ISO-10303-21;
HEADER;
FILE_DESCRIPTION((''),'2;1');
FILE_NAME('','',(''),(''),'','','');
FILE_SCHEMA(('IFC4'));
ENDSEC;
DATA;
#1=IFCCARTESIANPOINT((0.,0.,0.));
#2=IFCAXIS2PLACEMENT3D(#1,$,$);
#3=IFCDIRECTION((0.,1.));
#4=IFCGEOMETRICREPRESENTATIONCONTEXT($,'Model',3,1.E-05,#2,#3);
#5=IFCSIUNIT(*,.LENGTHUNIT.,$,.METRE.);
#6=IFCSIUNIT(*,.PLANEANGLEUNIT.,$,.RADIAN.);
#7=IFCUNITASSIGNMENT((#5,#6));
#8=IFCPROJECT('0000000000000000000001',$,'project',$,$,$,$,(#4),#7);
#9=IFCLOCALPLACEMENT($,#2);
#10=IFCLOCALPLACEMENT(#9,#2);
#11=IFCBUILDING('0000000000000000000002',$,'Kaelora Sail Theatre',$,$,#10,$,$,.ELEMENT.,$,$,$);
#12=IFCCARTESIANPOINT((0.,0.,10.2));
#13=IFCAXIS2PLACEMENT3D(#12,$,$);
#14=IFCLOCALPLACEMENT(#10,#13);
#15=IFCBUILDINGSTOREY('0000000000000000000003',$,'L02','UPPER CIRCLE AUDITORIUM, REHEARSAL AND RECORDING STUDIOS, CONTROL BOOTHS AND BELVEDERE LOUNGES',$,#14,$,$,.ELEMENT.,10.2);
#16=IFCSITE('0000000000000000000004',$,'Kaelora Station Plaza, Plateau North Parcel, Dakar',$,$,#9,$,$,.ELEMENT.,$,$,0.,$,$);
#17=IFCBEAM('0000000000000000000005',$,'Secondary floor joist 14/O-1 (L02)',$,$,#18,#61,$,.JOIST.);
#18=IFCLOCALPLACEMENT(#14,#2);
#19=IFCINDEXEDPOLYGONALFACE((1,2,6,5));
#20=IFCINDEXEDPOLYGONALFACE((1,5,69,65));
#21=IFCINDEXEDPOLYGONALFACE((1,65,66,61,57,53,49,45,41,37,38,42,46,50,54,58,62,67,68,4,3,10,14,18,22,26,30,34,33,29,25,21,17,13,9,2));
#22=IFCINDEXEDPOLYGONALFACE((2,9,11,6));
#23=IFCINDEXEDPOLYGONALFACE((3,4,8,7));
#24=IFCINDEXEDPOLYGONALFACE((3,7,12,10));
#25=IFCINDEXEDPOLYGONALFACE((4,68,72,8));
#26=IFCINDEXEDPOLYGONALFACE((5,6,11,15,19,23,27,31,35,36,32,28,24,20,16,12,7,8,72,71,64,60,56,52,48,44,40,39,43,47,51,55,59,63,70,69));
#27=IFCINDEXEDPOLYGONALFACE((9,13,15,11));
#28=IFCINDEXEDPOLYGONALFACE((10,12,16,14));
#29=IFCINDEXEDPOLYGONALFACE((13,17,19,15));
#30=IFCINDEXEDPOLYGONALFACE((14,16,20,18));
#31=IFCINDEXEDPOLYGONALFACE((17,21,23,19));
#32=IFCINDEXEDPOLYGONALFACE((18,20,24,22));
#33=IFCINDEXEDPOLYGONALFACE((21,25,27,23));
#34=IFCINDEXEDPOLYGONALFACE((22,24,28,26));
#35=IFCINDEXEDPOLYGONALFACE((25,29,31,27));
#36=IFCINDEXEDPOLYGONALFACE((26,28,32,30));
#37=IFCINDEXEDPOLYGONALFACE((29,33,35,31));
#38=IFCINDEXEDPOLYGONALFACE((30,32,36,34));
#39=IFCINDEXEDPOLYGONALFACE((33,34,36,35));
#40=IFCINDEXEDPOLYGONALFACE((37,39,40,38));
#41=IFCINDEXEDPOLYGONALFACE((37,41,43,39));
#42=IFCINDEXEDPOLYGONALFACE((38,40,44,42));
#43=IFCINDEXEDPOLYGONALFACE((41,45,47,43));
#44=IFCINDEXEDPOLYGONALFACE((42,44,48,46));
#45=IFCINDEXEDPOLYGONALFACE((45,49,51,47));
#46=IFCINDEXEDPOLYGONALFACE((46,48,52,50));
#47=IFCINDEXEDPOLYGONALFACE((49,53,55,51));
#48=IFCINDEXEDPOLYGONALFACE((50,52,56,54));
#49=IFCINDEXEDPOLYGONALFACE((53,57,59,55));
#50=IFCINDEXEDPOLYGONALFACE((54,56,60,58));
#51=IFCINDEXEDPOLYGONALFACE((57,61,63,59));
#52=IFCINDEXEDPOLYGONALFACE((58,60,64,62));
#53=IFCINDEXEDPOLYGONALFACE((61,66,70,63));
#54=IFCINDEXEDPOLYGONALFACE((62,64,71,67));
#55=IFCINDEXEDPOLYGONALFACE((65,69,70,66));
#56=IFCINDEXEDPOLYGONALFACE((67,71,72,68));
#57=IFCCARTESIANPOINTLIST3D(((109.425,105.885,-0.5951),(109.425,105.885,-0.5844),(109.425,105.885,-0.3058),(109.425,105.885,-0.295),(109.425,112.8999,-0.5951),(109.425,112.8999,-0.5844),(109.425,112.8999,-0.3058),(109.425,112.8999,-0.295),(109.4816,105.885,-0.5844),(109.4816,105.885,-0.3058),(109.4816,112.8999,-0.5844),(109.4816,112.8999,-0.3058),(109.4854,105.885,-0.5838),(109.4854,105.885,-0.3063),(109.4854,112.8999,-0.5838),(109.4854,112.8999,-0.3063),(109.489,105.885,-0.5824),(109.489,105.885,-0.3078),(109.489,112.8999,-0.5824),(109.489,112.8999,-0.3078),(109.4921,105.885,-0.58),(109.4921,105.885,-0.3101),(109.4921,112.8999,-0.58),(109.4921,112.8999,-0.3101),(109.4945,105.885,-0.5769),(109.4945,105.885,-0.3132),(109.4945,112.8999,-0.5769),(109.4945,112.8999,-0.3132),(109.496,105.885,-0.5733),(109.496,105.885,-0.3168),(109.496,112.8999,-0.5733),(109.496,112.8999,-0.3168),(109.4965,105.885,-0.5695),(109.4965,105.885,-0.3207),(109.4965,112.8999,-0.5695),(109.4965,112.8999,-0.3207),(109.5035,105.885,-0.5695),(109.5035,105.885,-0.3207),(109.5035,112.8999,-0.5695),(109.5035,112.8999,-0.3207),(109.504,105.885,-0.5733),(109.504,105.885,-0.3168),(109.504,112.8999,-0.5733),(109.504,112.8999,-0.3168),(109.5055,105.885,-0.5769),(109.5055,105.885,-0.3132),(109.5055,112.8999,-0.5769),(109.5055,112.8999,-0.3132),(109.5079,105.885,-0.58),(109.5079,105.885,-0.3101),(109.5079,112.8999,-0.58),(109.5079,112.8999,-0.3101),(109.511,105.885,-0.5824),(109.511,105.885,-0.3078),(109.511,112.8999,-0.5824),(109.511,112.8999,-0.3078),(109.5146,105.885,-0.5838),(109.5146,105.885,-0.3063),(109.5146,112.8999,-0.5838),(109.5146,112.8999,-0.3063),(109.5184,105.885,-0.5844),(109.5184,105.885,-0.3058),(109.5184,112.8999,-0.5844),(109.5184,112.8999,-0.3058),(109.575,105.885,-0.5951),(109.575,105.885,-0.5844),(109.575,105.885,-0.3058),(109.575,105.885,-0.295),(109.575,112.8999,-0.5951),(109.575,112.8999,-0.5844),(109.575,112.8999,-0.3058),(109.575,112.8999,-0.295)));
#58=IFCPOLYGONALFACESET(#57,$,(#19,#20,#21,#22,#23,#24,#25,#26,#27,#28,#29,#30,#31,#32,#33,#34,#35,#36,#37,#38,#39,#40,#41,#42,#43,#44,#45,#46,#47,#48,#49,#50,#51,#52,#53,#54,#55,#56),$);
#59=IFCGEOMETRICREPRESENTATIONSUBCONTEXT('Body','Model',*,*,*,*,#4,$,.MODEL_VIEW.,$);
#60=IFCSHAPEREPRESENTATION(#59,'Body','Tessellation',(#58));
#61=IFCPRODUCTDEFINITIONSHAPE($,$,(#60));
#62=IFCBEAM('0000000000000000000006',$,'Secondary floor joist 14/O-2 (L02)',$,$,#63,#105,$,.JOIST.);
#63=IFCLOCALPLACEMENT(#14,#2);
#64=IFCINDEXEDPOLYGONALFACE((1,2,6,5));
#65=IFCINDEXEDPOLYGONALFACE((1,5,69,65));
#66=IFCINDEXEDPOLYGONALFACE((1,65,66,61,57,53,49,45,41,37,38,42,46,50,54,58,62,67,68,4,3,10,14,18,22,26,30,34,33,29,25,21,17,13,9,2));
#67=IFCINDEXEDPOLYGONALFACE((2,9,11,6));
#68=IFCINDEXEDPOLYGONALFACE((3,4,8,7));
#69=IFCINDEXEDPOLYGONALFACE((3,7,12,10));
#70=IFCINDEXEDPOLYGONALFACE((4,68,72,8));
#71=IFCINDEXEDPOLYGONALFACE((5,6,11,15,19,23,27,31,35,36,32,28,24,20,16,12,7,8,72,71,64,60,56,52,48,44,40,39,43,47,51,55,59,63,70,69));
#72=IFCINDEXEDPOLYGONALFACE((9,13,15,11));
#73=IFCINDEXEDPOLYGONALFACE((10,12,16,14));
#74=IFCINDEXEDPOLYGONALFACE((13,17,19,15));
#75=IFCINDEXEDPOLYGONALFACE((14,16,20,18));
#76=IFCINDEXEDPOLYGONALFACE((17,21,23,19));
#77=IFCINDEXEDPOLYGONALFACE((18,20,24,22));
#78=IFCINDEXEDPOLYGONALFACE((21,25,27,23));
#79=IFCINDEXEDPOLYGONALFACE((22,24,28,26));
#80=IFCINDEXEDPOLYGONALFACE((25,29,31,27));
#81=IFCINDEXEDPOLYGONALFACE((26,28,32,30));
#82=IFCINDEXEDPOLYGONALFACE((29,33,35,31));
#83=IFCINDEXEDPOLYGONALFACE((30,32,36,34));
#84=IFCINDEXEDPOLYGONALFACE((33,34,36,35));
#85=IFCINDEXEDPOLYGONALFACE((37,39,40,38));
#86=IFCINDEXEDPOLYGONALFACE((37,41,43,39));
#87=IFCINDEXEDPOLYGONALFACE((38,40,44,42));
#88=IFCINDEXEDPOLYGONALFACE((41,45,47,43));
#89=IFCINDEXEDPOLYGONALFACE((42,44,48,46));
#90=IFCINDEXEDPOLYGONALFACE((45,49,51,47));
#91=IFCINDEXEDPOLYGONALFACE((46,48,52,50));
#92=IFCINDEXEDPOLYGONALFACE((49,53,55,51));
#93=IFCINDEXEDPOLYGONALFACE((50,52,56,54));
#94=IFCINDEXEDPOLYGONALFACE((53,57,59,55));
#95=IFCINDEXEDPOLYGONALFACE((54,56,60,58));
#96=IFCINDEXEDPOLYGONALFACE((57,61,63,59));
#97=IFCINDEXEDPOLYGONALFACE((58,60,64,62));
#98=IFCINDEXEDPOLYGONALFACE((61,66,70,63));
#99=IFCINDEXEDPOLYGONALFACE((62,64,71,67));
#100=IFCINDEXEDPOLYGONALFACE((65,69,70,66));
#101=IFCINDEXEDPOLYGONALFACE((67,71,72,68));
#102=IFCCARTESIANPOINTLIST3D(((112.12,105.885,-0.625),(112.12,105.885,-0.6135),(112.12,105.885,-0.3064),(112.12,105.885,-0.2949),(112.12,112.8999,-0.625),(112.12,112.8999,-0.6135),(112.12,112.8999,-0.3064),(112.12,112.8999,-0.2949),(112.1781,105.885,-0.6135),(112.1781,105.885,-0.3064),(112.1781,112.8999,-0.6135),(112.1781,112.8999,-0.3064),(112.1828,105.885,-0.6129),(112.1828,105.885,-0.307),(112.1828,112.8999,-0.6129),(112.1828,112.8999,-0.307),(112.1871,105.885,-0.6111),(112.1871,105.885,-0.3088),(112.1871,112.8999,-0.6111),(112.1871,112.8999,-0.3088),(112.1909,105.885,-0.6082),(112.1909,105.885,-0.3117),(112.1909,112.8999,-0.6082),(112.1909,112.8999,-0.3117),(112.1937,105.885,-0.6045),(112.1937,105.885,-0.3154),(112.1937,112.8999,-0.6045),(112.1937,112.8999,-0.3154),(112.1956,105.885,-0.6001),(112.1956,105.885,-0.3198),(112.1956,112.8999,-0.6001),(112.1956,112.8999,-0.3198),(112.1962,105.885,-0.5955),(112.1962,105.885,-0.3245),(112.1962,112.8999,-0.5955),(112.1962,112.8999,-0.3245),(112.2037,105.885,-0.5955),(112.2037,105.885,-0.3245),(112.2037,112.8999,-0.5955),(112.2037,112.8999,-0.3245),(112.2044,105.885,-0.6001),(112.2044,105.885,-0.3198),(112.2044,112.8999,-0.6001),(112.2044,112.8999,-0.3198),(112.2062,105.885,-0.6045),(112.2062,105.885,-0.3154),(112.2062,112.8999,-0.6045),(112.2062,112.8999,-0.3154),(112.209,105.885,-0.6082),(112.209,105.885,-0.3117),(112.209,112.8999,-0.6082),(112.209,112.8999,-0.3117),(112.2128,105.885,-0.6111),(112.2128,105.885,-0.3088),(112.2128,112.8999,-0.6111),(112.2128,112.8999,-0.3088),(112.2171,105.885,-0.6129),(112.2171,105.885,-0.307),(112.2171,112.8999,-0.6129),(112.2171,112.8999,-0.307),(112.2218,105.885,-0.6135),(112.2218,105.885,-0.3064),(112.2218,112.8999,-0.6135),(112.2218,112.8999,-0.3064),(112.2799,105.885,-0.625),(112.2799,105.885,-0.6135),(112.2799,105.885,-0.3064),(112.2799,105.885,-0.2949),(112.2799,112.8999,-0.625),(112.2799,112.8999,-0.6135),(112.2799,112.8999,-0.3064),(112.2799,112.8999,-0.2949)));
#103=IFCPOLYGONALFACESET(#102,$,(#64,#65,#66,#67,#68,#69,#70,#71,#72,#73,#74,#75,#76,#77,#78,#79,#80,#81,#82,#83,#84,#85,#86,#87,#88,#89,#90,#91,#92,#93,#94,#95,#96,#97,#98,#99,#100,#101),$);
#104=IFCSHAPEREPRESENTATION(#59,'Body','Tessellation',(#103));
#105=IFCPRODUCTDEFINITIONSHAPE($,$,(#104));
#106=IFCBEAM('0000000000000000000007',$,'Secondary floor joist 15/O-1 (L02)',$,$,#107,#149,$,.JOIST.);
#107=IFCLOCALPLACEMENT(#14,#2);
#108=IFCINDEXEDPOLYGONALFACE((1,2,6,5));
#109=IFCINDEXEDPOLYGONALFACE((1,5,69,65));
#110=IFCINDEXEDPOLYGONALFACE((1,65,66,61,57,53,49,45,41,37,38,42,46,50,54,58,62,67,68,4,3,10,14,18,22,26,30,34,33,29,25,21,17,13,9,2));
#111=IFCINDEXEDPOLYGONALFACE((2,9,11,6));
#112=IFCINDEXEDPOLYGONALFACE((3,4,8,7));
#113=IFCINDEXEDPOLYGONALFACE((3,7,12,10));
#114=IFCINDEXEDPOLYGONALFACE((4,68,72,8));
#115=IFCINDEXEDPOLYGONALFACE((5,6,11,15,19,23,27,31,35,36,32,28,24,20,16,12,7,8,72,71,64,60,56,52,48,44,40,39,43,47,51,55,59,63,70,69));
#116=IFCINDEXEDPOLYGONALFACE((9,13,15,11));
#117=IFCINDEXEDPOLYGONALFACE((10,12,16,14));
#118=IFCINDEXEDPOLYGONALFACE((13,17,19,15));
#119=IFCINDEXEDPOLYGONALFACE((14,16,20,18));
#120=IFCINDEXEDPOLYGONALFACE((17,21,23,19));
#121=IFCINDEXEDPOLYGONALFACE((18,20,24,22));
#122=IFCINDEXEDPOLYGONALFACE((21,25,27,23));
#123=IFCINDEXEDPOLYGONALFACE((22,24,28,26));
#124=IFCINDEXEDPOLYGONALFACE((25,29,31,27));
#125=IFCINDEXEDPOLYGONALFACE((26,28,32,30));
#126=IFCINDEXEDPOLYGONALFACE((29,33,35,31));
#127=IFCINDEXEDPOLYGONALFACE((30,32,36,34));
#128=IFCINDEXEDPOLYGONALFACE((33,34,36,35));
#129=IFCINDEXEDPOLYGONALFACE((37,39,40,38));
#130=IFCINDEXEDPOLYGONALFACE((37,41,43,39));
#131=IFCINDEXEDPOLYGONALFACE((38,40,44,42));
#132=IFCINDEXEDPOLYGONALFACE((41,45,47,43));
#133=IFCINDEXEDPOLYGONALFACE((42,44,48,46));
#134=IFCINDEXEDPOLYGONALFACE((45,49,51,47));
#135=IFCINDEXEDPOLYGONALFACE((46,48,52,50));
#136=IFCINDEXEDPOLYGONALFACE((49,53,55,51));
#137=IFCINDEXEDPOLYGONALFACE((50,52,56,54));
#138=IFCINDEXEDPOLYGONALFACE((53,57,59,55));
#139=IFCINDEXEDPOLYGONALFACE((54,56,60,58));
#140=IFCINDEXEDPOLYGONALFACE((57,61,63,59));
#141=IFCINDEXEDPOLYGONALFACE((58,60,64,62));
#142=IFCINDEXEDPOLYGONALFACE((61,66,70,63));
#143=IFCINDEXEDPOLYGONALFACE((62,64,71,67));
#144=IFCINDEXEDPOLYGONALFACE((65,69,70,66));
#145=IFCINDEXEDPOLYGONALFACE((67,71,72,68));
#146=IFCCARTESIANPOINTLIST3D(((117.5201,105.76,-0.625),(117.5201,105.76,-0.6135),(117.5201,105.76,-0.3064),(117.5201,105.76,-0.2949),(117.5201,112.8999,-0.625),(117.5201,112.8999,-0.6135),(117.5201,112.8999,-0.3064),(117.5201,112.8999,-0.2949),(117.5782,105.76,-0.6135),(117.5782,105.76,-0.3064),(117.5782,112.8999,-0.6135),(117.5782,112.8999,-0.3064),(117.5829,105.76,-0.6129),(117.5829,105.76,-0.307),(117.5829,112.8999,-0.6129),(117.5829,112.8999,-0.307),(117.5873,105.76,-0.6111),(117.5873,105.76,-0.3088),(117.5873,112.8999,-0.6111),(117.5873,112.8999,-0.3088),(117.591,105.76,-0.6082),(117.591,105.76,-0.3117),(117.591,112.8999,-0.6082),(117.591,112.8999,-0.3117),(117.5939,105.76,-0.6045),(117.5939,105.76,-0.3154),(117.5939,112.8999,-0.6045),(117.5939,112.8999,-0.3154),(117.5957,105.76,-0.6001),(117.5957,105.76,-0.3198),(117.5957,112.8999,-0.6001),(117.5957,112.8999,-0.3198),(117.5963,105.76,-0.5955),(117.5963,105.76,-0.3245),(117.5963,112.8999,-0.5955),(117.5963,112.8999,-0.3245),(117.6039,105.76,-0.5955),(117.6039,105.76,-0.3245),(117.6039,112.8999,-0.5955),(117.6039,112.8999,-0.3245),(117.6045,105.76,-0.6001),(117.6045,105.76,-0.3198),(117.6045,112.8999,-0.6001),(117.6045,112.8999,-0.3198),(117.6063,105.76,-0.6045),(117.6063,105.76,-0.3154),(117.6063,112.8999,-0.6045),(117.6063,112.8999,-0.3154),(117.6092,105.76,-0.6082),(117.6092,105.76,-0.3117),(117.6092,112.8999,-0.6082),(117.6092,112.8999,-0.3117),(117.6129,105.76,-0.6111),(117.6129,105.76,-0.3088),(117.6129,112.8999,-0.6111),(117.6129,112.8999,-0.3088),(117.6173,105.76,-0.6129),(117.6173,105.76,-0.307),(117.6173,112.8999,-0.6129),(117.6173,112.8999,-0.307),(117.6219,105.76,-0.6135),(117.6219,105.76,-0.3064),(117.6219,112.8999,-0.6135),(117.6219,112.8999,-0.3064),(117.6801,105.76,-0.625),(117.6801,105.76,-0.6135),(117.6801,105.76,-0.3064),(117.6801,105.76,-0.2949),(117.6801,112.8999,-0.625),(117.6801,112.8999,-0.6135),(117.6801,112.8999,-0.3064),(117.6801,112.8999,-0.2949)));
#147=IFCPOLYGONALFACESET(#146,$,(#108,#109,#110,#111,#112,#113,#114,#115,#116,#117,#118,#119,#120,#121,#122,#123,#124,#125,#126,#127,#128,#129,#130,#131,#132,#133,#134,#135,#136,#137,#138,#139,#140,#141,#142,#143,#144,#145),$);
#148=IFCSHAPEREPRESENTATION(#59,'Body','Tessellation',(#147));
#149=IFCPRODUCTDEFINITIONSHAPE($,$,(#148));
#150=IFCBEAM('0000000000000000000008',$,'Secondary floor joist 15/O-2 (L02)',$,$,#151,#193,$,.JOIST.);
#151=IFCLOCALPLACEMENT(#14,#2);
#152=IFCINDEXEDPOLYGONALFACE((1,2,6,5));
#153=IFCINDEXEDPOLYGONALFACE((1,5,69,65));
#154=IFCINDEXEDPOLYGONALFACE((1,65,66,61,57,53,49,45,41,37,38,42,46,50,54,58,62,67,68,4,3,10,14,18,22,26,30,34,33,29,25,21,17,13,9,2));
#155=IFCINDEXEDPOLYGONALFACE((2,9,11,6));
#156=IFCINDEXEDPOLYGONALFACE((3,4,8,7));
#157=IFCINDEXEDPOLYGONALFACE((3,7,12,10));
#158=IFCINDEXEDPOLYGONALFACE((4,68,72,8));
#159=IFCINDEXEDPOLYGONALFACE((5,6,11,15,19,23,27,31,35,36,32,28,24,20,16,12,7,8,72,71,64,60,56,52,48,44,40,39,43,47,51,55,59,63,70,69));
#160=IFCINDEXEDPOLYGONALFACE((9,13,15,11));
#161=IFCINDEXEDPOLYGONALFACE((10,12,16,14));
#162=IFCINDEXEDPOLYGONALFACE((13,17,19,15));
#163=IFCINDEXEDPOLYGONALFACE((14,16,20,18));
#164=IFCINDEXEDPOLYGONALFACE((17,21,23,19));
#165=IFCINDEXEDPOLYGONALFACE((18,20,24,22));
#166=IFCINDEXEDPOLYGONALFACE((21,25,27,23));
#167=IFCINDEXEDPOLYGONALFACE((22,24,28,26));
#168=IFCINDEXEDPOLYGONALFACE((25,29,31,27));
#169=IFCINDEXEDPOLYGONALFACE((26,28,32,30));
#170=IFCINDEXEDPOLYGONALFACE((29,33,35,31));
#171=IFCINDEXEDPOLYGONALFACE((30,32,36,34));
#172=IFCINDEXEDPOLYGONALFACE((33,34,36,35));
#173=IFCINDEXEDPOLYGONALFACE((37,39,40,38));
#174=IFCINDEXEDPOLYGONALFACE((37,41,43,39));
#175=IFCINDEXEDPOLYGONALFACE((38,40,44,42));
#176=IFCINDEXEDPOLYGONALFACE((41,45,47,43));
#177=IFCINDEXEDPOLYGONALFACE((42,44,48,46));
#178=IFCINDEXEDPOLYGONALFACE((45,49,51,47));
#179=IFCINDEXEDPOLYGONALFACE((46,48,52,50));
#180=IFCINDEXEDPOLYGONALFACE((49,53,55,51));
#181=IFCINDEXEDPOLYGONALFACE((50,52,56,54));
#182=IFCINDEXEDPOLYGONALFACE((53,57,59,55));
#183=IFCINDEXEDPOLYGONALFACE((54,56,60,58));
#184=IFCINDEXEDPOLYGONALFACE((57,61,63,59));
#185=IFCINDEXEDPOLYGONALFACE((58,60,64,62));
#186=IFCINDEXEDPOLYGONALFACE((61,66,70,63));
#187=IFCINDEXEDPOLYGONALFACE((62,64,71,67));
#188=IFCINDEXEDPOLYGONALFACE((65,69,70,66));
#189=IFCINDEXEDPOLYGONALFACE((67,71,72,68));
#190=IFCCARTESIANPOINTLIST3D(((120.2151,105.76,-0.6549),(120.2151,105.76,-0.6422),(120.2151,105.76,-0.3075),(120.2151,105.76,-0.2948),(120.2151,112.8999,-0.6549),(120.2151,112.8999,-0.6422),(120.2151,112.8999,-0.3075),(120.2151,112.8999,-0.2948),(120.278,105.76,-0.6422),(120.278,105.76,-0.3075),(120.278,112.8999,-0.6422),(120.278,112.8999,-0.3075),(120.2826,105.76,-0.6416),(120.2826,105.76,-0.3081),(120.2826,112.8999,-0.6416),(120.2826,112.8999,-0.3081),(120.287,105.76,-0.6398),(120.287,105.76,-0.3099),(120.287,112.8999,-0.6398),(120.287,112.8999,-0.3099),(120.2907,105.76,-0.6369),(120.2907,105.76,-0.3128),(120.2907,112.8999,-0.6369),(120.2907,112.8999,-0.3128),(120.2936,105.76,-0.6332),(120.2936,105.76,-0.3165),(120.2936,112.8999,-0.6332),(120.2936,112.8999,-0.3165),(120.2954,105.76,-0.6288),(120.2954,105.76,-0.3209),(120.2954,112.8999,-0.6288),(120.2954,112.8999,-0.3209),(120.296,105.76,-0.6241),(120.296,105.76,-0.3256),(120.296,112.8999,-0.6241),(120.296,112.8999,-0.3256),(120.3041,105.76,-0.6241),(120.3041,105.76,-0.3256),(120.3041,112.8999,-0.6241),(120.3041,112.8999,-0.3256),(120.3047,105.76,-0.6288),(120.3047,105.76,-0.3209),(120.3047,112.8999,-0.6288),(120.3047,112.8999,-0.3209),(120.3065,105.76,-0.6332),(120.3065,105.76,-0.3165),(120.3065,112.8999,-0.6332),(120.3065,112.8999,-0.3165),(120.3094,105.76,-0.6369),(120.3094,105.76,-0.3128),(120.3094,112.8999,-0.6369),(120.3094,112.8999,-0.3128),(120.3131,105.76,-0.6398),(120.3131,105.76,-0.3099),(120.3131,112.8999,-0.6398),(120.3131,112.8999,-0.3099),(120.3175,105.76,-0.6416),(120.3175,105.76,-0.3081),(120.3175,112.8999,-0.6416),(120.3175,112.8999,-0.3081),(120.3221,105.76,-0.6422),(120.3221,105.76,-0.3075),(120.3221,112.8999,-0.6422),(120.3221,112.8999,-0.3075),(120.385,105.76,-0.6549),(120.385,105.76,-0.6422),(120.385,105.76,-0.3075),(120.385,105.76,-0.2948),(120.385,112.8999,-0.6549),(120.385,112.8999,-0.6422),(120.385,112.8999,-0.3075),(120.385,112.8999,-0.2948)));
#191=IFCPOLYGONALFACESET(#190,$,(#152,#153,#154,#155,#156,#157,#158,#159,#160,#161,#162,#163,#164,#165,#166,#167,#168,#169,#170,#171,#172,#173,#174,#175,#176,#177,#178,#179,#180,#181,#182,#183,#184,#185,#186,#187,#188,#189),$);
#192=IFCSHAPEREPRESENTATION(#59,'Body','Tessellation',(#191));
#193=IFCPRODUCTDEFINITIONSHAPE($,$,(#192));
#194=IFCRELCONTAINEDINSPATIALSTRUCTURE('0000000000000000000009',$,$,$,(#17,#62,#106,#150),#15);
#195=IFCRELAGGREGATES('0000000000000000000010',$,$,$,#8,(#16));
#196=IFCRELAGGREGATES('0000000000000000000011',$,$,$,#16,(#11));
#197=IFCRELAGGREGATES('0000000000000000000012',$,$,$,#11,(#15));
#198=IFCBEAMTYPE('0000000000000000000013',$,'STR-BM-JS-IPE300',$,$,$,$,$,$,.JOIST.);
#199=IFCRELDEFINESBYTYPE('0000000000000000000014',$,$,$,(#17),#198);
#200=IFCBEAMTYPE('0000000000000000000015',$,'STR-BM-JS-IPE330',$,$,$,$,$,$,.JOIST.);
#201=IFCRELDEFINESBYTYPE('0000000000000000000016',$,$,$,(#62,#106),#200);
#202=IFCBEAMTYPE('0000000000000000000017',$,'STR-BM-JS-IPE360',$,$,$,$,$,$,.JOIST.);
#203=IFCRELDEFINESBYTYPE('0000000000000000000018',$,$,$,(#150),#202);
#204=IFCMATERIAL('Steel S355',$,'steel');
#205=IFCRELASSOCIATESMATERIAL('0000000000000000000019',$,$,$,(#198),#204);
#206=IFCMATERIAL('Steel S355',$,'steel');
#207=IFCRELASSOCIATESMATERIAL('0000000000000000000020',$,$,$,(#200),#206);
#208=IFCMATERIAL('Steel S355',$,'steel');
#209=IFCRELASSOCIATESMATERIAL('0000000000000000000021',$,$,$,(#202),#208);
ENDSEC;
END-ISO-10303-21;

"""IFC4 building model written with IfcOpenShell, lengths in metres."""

from ifc_helpers import new_model, si_unit, direction, frame, origin, origin_2d, place, context, subcontext, project, spatial, i_section, extrude, material, material_profile, profile_set, type_object, element, save


model = new_model("IFC4")

# Units and contexts
model_context = context("Model", 3, precision=1e-05, world=origin(), true_north=direction((0.0, 1.0)))
body_context = subcontext(model_context, "Body", "Model", "MODEL_VIEW")
ifc_project = project(units=[si_unit("LENGTHUNIT", "METRE"), si_unit("PLANEANGLEUNIT", "RADIAN")], contexts=[model_context])

# Site, building, storey
site_placement = place(None, origin())
site = spatial("IfcSite", under=ifc_project, at=site_placement, Name="Kaelora Station Plaza, Plateau North Parcel, Dakar", CompositionType="ELEMENT", RefElevation=0.0)
building_placement = place(site_placement, origin())
building = spatial("IfcBuilding", under=site, at=building_placement, Name="Kaelora Sail Theatre", CompositionType="ELEMENT")
storey_placement = place(building_placement, frame((0.0, 0.0, 10.2)))
storey = spatial("IfcBuildingStorey", under=building, at=storey_placement, Name="L02", Description="UPPER CIRCLE AUDITORIUM, REHEARSAL AND RECORDING STUDIOS, CONTROL BOOTHS AND BELVEDERE LOUNGES", CompositionType="ELEMENT", Elevation=10.2)

# Beams
ifc_material_1 = material(Name="Steel S355", Category="steel")
ifc_material_profile_1 = material_profile(ifc_material_1, i_section(OverallWidth=0.1499, OverallDepth=0.3, WebThickness=0.0071, FlangeThickness=0.0107, FilletRadius=0.0149, at=origin_2d()), Name="IPE 300")
ifc_profile_set_1 = profile_set([ifc_material_profile_1], Name="Steel S355")
beam_type_1 = type_object("IfcBeamType", Name="STR-BM-JS-IPE300", PredefinedType="JOIST", material=ifc_profile_set_1)
beam_1_placement = place(storey_placement, frame((109.5, 105.885, -0.4451), z_axis=(0.0, 1.0, 0.0), x_axis=(-1.0, 0.0, 0.0)))
element("IfcBeam", 1, at=beam_1_placement, inside=storey, type_object=beam_type_1, Name="Secondary floor joist 14/O-1 (L02)", PredefinedType="JOIST", context=body_context, shape_type="SweptSolid", body=[
    extrude(i_section(OverallWidth=0.1499, OverallDepth=0.3, WebThickness=0.0071, FlangeThickness=0.0107, FilletRadius=0.0149, at=origin_2d()), origin(), (0.0, 0.0, 1.0), 7.0149),
])
ifc_material_2 = material(Name="Steel S355", Category="steel")
ifc_material_profile_2 = material_profile(ifc_material_2, i_section(OverallWidth=0.1599, OverallDepth=0.3301, WebThickness=0.0076, FlangeThickness=0.0115, FilletRadius=0.0181, at=origin_2d()), Name="IPE 330")
ifc_profile_set_2 = profile_set([ifc_material_profile_2], Name="Steel S355")
beam_type_2 = type_object("IfcBeamType", Name="STR-BM-JS-IPE330", PredefinedType="JOIST", material=ifc_profile_set_2)
beam_2_placement = place(storey_placement, frame((112.2, 105.885, -0.46), z_axis=(0.0, 1.0, 0.0), x_axis=(-1.0, 0.0, 0.0)))
element("IfcBeam", 2, at=beam_2_placement, inside=storey, type_object=beam_type_2, Name="Secondary floor joist 14/O-2 (L02)", PredefinedType="JOIST", context=body_context, shape_type="SweptSolid", body=[
    extrude(i_section(OverallWidth=0.1599, OverallDepth=0.3301, WebThickness=0.0076, FlangeThickness=0.0115, FilletRadius=0.0181, at=origin_2d()), origin(), (0.0, 0.0, 1.0), 7.0149),
])
beam_3_placement = place(storey_placement, frame((117.6001, 105.76, -0.46), z_axis=(0.0, 1.0, 0.0), x_axis=(-1.0, 0.0, 0.0)))
element("IfcBeam", 3, at=beam_3_placement, inside=storey, type_object=beam_type_2, Name="Secondary floor joist 15/O-1 (L02)", PredefinedType="JOIST", context=body_context, shape_type="SweptSolid", body=[
    extrude(i_section(OverallWidth=0.1599, OverallDepth=0.3301, WebThickness=0.0076, FlangeThickness=0.0115, FilletRadius=0.0181, at=origin_2d()), origin(), (0.0, 0.0, 1.0), 7.1399),
])
ifc_material_3 = material(Name="Steel S355", Category="steel")
ifc_material_profile_3 = material_profile(ifc_material_3, i_section(OverallWidth=0.1699, OverallDepth=0.3601, WebThickness=0.0081, FlangeThickness=0.0127, FilletRadius=0.0181, at=origin_2d()), Name="IPE 360")
ifc_profile_set_3 = profile_set([ifc_material_profile_3], Name="Steel S355")
beam_type_3 = type_object("IfcBeamType", Name="STR-BM-JS-IPE360", PredefinedType="JOIST", material=ifc_profile_set_3)
beam_4_placement = place(storey_placement, frame((120.3, 105.76, -0.4749), z_axis=(0.0, 1.0, 0.0), x_axis=(-1.0, 0.0, 0.0)))
element("IfcBeam", 4, at=beam_4_placement, inside=storey, type_object=beam_type_3, Name="Secondary floor joist 15/O-2 (L02)", PredefinedType="JOIST", context=body_context, shape_type="SweptSolid", body=[
    extrude(i_section(OverallWidth=0.1699, OverallDepth=0.3601, WebThickness=0.0081, FlangeThickness=0.0127, FilletRadius=0.0181, at=origin_2d()), origin(), (0.0, 0.0, 1.0), 7.1399),
])

save(model, "model.ifc")
